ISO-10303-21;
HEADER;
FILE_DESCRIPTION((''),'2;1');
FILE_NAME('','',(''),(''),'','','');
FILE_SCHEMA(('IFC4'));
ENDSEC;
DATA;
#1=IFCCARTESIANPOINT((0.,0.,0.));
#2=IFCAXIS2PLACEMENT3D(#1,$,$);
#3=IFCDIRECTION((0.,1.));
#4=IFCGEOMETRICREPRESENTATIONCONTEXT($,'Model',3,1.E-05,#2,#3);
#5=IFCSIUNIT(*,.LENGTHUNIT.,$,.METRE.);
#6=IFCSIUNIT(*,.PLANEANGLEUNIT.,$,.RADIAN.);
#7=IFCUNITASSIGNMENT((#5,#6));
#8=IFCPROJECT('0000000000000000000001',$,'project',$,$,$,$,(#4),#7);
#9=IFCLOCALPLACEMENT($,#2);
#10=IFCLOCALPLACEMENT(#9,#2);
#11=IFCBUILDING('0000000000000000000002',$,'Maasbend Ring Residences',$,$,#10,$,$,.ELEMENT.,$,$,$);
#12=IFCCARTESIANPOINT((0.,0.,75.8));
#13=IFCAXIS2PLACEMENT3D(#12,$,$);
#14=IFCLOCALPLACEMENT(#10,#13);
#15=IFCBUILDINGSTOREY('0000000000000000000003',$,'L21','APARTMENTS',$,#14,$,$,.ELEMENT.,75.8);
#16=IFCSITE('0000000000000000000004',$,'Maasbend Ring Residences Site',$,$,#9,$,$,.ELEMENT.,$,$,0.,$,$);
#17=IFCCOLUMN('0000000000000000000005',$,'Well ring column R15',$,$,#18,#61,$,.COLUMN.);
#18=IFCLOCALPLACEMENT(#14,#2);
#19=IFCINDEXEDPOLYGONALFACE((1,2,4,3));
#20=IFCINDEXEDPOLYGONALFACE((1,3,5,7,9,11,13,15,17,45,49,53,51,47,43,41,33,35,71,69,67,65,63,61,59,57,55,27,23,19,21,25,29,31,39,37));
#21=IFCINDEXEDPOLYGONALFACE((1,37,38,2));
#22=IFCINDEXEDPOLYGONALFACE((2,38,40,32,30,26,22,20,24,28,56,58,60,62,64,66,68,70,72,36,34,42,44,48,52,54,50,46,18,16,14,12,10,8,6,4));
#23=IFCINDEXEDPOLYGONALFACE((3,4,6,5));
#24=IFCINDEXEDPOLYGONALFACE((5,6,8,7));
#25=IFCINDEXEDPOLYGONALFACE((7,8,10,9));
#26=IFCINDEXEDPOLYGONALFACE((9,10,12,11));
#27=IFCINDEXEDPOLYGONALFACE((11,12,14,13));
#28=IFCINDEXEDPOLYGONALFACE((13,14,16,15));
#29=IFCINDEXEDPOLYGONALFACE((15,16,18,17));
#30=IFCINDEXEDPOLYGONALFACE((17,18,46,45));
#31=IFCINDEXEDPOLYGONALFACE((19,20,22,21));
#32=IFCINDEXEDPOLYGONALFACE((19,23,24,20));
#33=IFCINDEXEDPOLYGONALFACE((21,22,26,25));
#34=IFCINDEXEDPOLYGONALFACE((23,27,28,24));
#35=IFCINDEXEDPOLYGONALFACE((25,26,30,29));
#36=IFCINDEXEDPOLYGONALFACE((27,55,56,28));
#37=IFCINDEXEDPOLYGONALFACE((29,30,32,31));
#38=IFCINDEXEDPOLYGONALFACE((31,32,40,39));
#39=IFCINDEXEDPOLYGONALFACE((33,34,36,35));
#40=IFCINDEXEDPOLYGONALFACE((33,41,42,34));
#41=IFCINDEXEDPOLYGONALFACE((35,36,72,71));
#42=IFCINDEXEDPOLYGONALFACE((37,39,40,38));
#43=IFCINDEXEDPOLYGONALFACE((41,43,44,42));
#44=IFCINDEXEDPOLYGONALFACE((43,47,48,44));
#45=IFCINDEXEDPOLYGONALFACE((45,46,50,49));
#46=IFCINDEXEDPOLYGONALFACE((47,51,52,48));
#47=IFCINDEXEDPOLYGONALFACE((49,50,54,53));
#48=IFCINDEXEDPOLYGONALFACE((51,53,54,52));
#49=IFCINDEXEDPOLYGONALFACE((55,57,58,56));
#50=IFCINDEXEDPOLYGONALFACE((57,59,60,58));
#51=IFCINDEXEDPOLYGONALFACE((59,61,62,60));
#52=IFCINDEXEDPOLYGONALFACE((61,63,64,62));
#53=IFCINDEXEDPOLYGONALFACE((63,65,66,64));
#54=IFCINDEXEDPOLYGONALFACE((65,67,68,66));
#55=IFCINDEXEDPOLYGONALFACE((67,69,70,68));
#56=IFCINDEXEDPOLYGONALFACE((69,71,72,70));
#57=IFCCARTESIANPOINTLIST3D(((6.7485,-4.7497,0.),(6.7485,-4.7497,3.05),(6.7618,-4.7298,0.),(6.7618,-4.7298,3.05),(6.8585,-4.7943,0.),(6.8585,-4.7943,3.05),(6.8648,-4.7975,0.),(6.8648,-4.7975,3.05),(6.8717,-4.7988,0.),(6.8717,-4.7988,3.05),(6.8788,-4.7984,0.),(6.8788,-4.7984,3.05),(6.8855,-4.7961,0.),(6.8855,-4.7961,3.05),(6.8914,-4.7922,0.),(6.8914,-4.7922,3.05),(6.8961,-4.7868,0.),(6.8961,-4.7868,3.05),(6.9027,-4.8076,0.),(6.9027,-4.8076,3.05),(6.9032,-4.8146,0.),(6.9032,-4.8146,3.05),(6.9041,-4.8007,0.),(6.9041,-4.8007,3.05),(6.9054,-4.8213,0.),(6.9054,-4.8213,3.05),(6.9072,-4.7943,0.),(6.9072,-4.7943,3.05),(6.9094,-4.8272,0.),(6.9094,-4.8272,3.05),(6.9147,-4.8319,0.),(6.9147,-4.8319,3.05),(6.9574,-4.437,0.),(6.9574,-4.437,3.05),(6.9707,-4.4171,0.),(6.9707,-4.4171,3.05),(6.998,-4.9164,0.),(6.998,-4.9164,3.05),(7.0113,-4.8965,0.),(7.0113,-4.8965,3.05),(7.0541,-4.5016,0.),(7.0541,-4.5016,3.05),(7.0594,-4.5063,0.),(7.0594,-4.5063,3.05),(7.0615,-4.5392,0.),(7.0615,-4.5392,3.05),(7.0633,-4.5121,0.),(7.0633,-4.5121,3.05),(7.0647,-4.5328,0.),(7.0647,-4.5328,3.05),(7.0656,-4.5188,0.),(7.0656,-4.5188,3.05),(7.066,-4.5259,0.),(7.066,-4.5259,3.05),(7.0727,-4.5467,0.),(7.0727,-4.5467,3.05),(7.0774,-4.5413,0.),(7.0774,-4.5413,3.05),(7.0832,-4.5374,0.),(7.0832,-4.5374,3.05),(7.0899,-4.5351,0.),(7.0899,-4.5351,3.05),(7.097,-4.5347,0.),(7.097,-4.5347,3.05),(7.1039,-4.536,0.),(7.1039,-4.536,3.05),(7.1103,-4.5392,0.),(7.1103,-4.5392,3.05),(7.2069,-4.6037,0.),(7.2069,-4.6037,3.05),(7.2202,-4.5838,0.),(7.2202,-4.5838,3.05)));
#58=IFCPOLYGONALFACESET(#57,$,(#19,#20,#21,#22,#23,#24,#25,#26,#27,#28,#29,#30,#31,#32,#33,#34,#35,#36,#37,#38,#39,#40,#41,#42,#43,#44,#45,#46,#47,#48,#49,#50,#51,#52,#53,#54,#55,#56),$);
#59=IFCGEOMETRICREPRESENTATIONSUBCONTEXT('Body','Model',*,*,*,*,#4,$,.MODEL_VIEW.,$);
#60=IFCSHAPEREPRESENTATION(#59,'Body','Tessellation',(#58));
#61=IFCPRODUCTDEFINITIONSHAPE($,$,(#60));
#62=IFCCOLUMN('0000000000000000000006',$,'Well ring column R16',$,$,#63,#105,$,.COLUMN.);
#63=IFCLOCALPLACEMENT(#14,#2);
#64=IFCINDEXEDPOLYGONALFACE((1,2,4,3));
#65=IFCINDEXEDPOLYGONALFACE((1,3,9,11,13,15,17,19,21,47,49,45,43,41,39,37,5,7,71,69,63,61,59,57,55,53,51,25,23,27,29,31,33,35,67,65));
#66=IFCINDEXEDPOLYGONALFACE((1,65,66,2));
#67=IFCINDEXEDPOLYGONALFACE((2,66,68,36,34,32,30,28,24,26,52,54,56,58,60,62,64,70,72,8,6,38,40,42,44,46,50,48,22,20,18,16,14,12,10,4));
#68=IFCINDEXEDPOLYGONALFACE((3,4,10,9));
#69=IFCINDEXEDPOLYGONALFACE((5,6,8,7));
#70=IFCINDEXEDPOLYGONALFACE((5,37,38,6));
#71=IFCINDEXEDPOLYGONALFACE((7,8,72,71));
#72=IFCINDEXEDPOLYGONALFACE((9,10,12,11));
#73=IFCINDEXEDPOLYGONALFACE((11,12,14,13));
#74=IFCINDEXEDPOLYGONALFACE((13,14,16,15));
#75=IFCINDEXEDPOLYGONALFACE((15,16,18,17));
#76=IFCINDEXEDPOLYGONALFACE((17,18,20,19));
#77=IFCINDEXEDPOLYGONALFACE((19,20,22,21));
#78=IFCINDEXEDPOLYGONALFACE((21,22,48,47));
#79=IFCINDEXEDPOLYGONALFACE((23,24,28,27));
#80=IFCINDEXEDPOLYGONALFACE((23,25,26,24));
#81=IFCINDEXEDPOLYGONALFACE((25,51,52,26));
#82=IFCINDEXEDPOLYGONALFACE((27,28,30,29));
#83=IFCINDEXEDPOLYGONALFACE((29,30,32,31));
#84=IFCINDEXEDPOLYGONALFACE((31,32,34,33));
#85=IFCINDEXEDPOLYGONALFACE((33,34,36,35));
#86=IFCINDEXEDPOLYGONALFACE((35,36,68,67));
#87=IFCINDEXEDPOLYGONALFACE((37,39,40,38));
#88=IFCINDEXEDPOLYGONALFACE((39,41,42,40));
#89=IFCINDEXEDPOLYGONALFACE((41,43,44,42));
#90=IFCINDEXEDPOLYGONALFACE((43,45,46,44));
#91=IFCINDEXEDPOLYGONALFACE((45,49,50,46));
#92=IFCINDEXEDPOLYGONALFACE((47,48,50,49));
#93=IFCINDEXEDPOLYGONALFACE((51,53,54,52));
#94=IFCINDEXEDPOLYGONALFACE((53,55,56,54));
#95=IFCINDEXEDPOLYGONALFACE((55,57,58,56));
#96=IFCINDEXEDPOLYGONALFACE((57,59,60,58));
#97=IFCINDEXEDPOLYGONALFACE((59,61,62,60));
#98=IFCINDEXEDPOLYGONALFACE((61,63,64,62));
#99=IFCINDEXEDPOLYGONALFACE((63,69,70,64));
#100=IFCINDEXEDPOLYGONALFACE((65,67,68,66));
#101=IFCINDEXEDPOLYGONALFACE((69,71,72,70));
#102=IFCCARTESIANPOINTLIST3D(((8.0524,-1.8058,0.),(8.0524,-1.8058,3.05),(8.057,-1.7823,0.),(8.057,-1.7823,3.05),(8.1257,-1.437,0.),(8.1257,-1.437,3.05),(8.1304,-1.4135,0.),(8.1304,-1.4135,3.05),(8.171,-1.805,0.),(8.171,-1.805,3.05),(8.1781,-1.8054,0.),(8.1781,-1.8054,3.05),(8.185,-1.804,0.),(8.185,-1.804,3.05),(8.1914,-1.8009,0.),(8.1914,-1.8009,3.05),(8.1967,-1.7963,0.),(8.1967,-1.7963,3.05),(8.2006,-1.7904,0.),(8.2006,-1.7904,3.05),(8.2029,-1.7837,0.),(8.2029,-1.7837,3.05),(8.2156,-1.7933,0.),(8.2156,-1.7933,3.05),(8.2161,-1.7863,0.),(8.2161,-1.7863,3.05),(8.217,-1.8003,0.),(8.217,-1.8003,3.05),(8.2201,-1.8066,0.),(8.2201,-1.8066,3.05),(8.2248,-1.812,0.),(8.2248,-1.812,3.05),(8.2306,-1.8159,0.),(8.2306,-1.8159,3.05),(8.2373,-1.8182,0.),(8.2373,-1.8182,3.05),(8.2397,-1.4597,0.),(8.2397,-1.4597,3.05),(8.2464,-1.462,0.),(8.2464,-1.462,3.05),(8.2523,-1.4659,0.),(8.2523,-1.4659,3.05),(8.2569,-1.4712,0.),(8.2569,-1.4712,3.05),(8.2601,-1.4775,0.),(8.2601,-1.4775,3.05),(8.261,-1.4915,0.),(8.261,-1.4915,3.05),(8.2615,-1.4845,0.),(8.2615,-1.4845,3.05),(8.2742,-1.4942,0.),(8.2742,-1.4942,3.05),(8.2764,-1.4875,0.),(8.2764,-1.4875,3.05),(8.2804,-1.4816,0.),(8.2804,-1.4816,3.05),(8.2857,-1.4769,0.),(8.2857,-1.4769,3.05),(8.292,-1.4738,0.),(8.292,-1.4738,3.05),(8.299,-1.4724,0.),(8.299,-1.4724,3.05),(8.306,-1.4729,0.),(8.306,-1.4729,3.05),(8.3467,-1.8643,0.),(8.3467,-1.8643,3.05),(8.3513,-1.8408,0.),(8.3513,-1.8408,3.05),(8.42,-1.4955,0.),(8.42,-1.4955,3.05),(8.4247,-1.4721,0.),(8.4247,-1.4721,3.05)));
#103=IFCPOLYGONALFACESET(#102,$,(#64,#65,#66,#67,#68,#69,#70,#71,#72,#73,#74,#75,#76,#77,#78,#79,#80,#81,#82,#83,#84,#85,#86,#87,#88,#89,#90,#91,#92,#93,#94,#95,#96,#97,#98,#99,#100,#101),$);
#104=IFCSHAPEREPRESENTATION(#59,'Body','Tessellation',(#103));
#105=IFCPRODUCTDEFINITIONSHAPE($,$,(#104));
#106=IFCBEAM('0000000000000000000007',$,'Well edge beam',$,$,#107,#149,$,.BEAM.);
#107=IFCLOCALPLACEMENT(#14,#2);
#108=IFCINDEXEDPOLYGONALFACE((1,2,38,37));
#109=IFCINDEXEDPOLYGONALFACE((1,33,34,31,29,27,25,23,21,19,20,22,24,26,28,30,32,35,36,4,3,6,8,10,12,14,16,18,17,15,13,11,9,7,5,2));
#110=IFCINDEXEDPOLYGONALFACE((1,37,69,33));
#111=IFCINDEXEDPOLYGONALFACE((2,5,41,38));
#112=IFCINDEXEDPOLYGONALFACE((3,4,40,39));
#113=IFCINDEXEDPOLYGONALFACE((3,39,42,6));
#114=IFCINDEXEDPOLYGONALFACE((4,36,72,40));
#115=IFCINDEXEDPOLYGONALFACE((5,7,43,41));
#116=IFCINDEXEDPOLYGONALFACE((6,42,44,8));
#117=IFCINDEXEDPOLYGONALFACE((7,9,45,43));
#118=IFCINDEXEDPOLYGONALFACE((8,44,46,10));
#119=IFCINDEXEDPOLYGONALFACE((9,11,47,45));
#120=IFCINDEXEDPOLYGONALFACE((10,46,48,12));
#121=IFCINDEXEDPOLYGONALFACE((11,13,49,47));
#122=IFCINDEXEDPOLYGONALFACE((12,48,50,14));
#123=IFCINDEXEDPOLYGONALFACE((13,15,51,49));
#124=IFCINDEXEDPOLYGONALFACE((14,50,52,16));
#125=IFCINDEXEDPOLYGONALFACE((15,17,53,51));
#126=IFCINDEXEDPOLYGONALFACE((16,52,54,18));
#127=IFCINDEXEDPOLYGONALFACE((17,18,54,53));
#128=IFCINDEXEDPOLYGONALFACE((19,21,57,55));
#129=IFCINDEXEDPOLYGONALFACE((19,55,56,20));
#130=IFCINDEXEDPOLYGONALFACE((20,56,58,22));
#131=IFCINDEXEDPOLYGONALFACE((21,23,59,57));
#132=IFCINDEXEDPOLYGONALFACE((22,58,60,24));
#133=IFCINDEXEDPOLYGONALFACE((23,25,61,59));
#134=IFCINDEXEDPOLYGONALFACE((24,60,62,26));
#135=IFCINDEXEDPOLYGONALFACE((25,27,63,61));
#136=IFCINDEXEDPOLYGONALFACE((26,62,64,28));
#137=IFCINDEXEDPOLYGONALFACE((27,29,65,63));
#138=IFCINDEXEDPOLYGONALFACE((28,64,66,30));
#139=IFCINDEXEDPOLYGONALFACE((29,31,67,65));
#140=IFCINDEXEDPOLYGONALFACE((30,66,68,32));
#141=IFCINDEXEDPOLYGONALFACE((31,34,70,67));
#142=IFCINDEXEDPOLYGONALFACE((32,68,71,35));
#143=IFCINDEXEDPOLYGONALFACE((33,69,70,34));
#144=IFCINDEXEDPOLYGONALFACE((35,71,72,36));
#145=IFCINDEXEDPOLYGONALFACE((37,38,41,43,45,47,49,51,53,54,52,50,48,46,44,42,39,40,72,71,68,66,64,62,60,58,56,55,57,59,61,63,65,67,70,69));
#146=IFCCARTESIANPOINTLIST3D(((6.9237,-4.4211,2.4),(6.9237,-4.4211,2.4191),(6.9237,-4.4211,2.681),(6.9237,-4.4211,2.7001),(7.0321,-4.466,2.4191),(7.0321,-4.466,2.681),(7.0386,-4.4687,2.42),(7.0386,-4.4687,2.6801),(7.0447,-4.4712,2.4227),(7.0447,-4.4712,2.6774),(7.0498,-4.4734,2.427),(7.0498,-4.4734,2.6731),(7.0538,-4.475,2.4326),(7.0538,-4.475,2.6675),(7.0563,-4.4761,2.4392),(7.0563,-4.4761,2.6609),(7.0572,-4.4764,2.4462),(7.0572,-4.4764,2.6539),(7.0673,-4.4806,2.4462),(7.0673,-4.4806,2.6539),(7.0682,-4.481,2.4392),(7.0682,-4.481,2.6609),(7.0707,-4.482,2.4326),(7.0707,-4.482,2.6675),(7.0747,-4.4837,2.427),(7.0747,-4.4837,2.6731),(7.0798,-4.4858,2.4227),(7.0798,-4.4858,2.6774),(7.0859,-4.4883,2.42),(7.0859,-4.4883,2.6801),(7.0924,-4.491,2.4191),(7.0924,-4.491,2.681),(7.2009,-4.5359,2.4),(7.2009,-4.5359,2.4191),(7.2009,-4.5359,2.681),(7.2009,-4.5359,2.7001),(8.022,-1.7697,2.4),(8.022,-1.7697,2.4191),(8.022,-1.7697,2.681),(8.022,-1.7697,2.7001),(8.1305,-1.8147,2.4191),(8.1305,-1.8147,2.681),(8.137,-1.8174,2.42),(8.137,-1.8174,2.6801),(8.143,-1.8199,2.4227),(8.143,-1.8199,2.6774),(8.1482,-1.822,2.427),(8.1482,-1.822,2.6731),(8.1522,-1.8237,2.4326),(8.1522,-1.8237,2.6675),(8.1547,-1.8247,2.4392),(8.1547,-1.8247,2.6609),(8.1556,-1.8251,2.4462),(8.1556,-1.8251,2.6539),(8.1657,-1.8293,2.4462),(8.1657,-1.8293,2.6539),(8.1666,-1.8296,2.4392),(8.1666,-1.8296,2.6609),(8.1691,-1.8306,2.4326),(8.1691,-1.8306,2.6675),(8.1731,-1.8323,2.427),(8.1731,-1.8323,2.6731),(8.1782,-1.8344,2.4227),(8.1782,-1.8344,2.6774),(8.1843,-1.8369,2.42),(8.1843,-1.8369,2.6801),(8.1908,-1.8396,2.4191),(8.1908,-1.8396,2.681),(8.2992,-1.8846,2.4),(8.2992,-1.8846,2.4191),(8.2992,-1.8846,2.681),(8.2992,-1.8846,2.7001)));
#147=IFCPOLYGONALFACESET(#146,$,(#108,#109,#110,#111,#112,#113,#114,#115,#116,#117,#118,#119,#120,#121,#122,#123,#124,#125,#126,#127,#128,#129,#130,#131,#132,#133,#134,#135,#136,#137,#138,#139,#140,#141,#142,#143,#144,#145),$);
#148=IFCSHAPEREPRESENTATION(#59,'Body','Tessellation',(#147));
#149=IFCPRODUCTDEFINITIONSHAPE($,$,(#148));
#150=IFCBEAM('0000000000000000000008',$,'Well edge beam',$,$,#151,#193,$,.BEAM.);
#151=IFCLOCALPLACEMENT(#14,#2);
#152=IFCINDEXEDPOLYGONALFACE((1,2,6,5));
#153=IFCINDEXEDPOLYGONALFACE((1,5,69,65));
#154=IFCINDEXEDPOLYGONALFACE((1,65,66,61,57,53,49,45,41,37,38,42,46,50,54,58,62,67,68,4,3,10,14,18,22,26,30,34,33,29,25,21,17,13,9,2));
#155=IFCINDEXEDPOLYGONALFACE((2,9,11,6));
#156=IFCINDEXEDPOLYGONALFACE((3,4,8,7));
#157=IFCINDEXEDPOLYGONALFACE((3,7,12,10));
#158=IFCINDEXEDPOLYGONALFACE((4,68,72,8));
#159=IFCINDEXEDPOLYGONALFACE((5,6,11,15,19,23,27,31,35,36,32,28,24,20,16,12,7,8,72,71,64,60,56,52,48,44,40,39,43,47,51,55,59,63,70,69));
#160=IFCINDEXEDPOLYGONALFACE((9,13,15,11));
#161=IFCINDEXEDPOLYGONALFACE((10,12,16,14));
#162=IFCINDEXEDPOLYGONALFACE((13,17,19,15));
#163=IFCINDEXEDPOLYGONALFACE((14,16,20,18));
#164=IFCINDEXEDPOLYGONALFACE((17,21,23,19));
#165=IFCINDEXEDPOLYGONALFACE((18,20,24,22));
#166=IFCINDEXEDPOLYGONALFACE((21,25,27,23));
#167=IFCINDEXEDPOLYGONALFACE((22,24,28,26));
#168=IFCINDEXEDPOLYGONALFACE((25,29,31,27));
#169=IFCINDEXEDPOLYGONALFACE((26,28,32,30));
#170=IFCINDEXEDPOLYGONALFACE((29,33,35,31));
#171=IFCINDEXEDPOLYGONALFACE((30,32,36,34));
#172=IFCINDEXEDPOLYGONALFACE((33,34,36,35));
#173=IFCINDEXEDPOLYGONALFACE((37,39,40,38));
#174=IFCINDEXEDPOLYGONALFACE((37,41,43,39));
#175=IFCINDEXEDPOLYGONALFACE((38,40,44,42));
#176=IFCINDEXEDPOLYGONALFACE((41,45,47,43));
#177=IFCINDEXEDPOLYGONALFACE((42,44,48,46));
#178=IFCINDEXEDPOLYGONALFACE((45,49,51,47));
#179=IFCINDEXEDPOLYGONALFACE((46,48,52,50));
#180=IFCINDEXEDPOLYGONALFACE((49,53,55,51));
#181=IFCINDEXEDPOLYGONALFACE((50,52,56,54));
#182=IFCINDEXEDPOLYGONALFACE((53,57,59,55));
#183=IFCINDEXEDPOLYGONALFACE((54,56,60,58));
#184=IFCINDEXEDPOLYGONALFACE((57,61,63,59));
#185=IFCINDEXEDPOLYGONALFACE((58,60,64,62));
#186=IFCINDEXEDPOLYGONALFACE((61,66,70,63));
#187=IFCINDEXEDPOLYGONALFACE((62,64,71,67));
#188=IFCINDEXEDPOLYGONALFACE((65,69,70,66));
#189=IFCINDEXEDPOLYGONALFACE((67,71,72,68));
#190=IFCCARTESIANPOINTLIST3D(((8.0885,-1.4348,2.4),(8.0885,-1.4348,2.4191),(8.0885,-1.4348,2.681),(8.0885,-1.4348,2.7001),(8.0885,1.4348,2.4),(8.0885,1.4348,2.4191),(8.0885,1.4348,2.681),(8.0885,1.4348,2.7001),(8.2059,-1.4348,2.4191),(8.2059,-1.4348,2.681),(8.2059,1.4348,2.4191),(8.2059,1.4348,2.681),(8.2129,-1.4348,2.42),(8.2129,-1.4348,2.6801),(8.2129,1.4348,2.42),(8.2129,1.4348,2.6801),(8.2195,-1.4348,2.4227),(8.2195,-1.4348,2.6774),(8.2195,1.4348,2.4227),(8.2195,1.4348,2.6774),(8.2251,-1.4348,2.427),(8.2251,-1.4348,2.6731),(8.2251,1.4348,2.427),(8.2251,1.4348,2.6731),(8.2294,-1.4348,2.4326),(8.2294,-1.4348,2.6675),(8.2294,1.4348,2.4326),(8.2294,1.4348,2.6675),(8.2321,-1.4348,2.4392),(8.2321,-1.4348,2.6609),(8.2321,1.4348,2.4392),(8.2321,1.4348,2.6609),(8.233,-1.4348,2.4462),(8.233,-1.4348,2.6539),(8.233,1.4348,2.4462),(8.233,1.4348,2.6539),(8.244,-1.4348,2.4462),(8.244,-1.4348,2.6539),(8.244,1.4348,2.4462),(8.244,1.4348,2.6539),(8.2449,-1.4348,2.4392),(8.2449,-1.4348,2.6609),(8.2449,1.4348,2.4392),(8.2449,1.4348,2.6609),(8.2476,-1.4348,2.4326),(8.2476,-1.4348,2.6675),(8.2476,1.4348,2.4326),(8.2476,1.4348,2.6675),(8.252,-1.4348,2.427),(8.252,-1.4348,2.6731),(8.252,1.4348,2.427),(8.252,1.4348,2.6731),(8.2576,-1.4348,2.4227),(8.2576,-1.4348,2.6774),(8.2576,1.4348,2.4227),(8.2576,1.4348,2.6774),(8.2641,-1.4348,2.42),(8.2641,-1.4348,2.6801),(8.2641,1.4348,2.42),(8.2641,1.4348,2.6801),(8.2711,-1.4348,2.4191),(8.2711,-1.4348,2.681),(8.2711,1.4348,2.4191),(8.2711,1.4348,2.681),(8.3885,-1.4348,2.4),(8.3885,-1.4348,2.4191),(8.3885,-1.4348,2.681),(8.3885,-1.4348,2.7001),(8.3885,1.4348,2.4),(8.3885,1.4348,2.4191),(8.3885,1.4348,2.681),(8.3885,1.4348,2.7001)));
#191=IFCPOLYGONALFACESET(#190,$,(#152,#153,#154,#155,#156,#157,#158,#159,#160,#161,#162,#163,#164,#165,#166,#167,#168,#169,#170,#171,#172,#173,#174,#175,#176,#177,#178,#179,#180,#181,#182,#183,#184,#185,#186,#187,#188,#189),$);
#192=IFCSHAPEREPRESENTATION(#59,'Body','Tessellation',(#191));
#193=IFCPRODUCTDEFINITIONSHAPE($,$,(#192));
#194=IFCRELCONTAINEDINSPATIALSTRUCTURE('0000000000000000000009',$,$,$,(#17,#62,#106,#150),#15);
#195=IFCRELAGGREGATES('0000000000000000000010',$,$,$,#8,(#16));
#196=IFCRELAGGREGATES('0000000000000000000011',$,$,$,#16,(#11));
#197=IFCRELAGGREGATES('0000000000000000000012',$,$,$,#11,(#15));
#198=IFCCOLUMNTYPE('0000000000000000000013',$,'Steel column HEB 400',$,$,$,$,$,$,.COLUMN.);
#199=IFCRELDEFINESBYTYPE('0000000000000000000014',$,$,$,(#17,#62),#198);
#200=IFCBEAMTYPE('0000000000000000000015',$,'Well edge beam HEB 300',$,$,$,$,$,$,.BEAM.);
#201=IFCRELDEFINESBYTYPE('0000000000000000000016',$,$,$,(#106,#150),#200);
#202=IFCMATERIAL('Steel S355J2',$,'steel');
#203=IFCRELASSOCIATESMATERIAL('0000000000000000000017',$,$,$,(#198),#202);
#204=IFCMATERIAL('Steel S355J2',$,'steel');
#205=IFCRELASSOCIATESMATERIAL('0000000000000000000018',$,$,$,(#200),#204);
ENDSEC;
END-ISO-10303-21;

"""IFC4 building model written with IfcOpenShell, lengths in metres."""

from ifc_helpers import new_model, si_unit, direction, frame, origin, origin_2d, place, context, subcontext, project, spatial, i_section, extrude, material, material_profile, profile_set, type_object, element, save


model = new_model("IFC4")

# Units and contexts
model_context = context("Model", 3, precision=1e-05, world=origin(), true_north=direction((0.0, 1.0)))
body_context = subcontext(model_context, "Body", "Model", "MODEL_VIEW")
ifc_project = project(units=[si_unit("LENGTHUNIT", "METRE"), si_unit("PLANEANGLEUNIT", "RADIAN")], contexts=[model_context])

# Site, building, storey
site_placement = place(None, origin())
site = spatial("IfcSite", under=ifc_project, at=site_placement, Name="Maasbend Ring Residences Site", CompositionType="ELEMENT", RefElevation=0.0)
building_placement = place(site_placement, origin())
building = spatial("IfcBuilding", under=site, at=building_placement, Name="Maasbend Ring Residences", CompositionType="ELEMENT")
storey_placement = place(building_placement, frame((0.0, 0.0, 75.8)))
storey = spatial("IfcBuildingStorey", under=building, at=storey_placement, Name="L21", Description="APARTMENTS", CompositionType="ELEMENT", Elevation=75.8)

# Columns
ifc_material_1 = material(Name="Steel S355J2", Category="steel")
ifc_material_profile_1 = material_profile(ifc_material_1, i_section(OverallWidth=0.3, OverallDepth=0.3999, WebThickness=0.0134, FlangeThickness=0.0239, FilletRadius=0.0271, at=origin_2d()), Name="HEB 400")
ifc_profile_set_1 = profile_set([ifc_material_profile_1], Name="Steel S355J2")
column_type = type_object("IfcColumnType", Name="Steel column HEB 400", PredefinedType="COLUMN", material=ifc_profile_set_1)
for number, where, z_axis, x_axis, name in (
    (1, (6.9844, -4.6667, 0.0), (0.0, 0.0, 1.0), (0.83147, -0.55557, 0.0), "Well ring column R15"),
    (2, (8.2385, -1.6389, 0.0), (0.0, 0.0, 1.0), (0.980785, -0.19509, 0.0), "Well ring column R16"),
):
    element("IfcColumn", number, at=place(storey_placement, frame(where, z_axis=z_axis, x_axis=x_axis)), inside=storey, type_object=column_type, Name=name, PredefinedType="COLUMN", context=body_context, shape_type="SweptSolid", body=[
        extrude(i_section(OverallWidth=0.3, OverallDepth=0.3999, WebThickness=0.0134, FlangeThickness=0.0239, FilletRadius=0.0271, at=origin_2d()), origin(), (0.0, 0.0, 1.0), 3.05),
    ])

# Beams
ifc_material_2 = material(Name="Steel S355J2", Category="steel")
ifc_material_profile_2 = material_profile(ifc_material_2, i_section(OverallWidth=0.3, OverallDepth=0.3, WebThickness=0.011, FlangeThickness=0.019, FilletRadius=0.0271, at=origin_2d()), Name="HEB 300")
ifc_profile_set_2 = profile_set([ifc_material_profile_2], Name="Steel S355J2")
beam_type = type_object("IfcBeamType", Name="Well edge beam HEB 300", PredefinedType="BEAM", material=ifc_profile_set_2)
beam_1_placement = place(storey_placement, frame((7.0623, -4.4785, 2.55), z_axis=(0.38273, 0.92386, 0.0), x_axis=(-0.92386, 0.38273, 0.0)))
element("IfcBeam", 3, at=beam_1_placement, inside=storey, type_object=beam_type, Name="Well edge beam", PredefinedType="BEAM", context=body_context, shape_type="SweptSolid", body=[
    extrude(i_section(OverallWidth=0.3, OverallDepth=0.3, WebThickness=0.011, FlangeThickness=0.019, FilletRadius=0.0271, at=origin_2d()), origin(), (0.0, 0.0, 1.0), 2.8699),
])
beam_2_placement = place(storey_placement, frame((8.2385, -1.4348, 2.55), z_axis=(0.0, 1.0, 0.0), x_axis=(-1.0, 0.0, 0.0)))
element("IfcBeam", 4, at=beam_2_placement, inside=storey, type_object=beam_type, Name="Well edge beam", PredefinedType="BEAM", context=body_context, shape_type="SweptSolid", body=[
    extrude(i_section(OverallWidth=0.3, OverallDepth=0.3, WebThickness=0.011, FlangeThickness=0.019, FilletRadius=0.0271, at=origin_2d()), origin(), (0.0, 0.0, 1.0), 2.8696),
])

save(model, "model.ifc")
